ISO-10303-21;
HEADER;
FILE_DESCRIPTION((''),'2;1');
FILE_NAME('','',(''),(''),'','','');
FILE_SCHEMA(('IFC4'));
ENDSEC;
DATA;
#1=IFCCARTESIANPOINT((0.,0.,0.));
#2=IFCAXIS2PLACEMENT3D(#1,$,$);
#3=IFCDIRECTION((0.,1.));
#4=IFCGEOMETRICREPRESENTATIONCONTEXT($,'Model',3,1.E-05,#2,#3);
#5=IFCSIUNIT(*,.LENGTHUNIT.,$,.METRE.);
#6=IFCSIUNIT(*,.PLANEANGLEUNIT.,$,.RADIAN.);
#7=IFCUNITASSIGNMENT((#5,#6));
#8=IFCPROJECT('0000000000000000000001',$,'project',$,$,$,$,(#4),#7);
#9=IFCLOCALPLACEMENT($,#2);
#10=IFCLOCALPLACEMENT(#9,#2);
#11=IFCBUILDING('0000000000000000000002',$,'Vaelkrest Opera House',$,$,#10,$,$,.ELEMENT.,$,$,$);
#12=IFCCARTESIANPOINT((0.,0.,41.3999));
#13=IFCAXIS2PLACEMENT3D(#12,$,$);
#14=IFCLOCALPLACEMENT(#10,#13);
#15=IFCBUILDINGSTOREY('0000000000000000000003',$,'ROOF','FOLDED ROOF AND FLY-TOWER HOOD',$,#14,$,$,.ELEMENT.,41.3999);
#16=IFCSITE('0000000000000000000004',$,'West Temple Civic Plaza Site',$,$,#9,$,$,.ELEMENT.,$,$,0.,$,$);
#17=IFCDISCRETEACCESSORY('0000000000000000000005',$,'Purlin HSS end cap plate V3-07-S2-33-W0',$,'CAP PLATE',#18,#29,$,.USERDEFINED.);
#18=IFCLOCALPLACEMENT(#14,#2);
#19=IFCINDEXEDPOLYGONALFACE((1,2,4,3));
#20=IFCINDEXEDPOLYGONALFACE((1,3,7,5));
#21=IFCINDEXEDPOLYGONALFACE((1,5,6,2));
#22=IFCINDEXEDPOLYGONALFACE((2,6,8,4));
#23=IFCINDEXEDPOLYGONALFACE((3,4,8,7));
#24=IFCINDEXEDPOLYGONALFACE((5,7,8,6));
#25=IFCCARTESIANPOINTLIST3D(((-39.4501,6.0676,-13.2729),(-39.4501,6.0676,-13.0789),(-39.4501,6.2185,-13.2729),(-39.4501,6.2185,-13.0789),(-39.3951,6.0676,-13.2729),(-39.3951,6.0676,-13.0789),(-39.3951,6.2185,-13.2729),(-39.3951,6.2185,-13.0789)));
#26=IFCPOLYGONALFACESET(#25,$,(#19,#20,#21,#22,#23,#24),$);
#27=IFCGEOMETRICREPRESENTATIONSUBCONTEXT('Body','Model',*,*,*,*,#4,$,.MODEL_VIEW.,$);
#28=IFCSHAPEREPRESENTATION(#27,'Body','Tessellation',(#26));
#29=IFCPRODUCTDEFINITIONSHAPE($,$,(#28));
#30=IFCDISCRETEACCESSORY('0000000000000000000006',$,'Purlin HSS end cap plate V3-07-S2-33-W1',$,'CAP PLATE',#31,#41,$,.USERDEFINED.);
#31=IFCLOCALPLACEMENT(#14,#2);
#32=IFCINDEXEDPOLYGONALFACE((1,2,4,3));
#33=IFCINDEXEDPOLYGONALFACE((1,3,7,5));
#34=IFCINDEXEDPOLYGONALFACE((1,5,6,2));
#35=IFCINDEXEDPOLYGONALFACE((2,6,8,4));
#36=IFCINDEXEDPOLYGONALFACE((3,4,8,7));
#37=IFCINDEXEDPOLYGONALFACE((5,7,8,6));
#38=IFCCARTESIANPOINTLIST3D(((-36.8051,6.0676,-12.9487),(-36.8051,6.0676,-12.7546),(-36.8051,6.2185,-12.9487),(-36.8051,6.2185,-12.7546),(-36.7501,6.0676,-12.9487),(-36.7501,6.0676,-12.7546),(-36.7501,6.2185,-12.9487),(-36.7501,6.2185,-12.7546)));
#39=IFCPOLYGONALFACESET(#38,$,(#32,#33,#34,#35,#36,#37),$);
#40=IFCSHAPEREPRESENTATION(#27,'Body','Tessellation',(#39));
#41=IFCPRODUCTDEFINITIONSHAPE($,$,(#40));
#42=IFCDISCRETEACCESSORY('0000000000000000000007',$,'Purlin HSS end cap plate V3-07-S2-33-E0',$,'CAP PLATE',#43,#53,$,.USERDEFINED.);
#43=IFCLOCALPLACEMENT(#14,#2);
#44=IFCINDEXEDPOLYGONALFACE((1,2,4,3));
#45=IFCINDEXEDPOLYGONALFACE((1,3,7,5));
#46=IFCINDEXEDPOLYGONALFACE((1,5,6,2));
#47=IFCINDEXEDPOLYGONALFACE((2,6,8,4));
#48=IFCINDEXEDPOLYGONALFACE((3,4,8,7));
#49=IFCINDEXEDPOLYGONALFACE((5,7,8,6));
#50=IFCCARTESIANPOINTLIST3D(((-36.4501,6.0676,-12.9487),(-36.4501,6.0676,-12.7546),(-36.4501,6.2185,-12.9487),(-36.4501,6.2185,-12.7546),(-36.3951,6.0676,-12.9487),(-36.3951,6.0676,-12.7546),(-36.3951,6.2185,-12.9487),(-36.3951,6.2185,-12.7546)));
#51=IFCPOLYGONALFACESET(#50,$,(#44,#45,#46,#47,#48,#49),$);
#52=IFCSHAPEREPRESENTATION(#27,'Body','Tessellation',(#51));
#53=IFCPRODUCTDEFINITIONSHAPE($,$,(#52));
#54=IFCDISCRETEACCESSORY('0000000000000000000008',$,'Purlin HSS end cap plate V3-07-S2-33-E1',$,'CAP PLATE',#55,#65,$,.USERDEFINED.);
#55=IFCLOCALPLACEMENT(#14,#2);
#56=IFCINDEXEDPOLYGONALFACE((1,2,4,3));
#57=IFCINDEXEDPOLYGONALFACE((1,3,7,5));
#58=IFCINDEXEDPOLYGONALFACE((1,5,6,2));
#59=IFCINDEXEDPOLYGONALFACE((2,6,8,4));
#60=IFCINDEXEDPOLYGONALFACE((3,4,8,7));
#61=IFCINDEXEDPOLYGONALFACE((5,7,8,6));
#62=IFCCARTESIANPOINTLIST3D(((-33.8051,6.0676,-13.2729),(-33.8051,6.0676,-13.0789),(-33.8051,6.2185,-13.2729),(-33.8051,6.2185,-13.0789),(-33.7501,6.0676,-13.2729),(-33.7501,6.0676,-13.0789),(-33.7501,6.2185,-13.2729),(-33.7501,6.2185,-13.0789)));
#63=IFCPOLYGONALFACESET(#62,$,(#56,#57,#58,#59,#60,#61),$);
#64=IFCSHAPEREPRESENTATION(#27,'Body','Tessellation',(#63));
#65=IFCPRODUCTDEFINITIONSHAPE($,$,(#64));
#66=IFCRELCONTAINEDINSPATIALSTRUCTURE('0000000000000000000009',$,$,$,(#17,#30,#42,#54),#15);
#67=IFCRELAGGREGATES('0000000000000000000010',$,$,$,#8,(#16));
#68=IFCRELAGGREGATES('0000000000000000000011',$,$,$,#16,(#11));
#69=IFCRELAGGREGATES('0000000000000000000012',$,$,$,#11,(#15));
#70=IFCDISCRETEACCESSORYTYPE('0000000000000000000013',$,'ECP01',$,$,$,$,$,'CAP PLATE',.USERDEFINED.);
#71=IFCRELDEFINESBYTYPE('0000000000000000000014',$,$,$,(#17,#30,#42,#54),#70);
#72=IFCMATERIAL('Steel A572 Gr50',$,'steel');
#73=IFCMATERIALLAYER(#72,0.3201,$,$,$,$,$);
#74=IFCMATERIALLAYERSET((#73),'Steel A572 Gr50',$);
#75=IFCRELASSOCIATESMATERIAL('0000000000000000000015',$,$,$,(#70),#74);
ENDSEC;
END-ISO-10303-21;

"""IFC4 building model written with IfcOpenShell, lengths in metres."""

from ifc_helpers import new_model, si_unit, direction, frame, origin, origin_2d, place, context, subcontext, project, spatial, rectangle, extrude, material, layer, layer_set, type_object, element, save


model = new_model("IFC4")

# Units and contexts
model_context = context("Model", 3, precision=1e-05, world=origin(), true_north=direction((0.0, 1.0)))
body_context = subcontext(model_context, "Body", "Model", "MODEL_VIEW")
ifc_project = project(units=[si_unit("LENGTHUNIT", "METRE"), si_unit("PLANEANGLEUNIT", "RADIAN")], contexts=[model_context])

# Site, building, storey
site_placement = place(None, origin())
site = spatial("IfcSite", under=ifc_project, at=site_placement, Name="West Temple Civic Plaza Site", CompositionType="ELEMENT", RefElevation=0.0)
building_placement = place(site_placement, origin())
building = spatial("IfcBuilding", under=site, at=building_placement, Name="Vaelkrest Opera House", CompositionType="ELEMENT")
storey_placement = place(building_placement, frame((0.0, 0.0, 41.3999)))
storey = spatial("IfcBuildingStorey", under=building, at=storey_placement, Name="ROOF", Description="FOLDED ROOF AND FLY-TOWER HOOD", CompositionType="ELEMENT", Elevation=41.3999)

# Shared definitions
ifc_material_1 = material(Name="Steel A572 Gr50", Category="steel")

# Discrete accessories
ifc_layer_1 = layer(ifc_material_1, 0.3201)
ifc_layer_set_1 = layer_set([ifc_layer_1], Name="Steel A572 Gr50")
discrete_accessory_type = type_object("IfcDiscreteAccessoryType", Name="ECP01", ElementType="CAP PLATE", PredefinedType="USERDEFINED", material=ifc_layer_set_1)
for number, where, z_axis, x_axis, name in (
    (1, (-39.4226, 6.1431, -13.2729), (0.0, 0.0, 1.0), (1.0, 0.0, 0.0), "Purlin HSS end cap plate V3-07-S2-33-W0"),
    (2, (-36.7776, 6.1431, -12.9487), (0.0, 0.0, 1.0), (1.0, 0.0, 0.0), "Purlin HSS end cap plate V3-07-S2-33-W1"),
    (3, (-36.4226, 6.1431, -12.9487), (0.0, 0.0, 1.0), (1.0, 0.0, 0.0), "Purlin HSS end cap plate V3-07-S2-33-E0"),
    (4, (-33.7776, 6.1431, -13.2729), (0.0, 0.0, 1.0), (1.0, 0.0, 0.0), "Purlin HSS end cap plate V3-07-S2-33-E1"),
):
    element("IfcDiscreteAccessory", number, at=place(storey_placement, frame(where, z_axis=z_axis, x_axis=x_axis)), inside=storey, type_object=discrete_accessory_type, Name=name, ObjectType="CAP PLATE", PredefinedType="USERDEFINED", context=body_context, shape_type="SweptSolid", body=[
        extrude(rectangle(XDim=0.0549, YDim=0.1509, at=origin_2d()), origin(), (0.0, 0.0, 1.0), 0.1941),
    ])

save(model, "model.ifc")
